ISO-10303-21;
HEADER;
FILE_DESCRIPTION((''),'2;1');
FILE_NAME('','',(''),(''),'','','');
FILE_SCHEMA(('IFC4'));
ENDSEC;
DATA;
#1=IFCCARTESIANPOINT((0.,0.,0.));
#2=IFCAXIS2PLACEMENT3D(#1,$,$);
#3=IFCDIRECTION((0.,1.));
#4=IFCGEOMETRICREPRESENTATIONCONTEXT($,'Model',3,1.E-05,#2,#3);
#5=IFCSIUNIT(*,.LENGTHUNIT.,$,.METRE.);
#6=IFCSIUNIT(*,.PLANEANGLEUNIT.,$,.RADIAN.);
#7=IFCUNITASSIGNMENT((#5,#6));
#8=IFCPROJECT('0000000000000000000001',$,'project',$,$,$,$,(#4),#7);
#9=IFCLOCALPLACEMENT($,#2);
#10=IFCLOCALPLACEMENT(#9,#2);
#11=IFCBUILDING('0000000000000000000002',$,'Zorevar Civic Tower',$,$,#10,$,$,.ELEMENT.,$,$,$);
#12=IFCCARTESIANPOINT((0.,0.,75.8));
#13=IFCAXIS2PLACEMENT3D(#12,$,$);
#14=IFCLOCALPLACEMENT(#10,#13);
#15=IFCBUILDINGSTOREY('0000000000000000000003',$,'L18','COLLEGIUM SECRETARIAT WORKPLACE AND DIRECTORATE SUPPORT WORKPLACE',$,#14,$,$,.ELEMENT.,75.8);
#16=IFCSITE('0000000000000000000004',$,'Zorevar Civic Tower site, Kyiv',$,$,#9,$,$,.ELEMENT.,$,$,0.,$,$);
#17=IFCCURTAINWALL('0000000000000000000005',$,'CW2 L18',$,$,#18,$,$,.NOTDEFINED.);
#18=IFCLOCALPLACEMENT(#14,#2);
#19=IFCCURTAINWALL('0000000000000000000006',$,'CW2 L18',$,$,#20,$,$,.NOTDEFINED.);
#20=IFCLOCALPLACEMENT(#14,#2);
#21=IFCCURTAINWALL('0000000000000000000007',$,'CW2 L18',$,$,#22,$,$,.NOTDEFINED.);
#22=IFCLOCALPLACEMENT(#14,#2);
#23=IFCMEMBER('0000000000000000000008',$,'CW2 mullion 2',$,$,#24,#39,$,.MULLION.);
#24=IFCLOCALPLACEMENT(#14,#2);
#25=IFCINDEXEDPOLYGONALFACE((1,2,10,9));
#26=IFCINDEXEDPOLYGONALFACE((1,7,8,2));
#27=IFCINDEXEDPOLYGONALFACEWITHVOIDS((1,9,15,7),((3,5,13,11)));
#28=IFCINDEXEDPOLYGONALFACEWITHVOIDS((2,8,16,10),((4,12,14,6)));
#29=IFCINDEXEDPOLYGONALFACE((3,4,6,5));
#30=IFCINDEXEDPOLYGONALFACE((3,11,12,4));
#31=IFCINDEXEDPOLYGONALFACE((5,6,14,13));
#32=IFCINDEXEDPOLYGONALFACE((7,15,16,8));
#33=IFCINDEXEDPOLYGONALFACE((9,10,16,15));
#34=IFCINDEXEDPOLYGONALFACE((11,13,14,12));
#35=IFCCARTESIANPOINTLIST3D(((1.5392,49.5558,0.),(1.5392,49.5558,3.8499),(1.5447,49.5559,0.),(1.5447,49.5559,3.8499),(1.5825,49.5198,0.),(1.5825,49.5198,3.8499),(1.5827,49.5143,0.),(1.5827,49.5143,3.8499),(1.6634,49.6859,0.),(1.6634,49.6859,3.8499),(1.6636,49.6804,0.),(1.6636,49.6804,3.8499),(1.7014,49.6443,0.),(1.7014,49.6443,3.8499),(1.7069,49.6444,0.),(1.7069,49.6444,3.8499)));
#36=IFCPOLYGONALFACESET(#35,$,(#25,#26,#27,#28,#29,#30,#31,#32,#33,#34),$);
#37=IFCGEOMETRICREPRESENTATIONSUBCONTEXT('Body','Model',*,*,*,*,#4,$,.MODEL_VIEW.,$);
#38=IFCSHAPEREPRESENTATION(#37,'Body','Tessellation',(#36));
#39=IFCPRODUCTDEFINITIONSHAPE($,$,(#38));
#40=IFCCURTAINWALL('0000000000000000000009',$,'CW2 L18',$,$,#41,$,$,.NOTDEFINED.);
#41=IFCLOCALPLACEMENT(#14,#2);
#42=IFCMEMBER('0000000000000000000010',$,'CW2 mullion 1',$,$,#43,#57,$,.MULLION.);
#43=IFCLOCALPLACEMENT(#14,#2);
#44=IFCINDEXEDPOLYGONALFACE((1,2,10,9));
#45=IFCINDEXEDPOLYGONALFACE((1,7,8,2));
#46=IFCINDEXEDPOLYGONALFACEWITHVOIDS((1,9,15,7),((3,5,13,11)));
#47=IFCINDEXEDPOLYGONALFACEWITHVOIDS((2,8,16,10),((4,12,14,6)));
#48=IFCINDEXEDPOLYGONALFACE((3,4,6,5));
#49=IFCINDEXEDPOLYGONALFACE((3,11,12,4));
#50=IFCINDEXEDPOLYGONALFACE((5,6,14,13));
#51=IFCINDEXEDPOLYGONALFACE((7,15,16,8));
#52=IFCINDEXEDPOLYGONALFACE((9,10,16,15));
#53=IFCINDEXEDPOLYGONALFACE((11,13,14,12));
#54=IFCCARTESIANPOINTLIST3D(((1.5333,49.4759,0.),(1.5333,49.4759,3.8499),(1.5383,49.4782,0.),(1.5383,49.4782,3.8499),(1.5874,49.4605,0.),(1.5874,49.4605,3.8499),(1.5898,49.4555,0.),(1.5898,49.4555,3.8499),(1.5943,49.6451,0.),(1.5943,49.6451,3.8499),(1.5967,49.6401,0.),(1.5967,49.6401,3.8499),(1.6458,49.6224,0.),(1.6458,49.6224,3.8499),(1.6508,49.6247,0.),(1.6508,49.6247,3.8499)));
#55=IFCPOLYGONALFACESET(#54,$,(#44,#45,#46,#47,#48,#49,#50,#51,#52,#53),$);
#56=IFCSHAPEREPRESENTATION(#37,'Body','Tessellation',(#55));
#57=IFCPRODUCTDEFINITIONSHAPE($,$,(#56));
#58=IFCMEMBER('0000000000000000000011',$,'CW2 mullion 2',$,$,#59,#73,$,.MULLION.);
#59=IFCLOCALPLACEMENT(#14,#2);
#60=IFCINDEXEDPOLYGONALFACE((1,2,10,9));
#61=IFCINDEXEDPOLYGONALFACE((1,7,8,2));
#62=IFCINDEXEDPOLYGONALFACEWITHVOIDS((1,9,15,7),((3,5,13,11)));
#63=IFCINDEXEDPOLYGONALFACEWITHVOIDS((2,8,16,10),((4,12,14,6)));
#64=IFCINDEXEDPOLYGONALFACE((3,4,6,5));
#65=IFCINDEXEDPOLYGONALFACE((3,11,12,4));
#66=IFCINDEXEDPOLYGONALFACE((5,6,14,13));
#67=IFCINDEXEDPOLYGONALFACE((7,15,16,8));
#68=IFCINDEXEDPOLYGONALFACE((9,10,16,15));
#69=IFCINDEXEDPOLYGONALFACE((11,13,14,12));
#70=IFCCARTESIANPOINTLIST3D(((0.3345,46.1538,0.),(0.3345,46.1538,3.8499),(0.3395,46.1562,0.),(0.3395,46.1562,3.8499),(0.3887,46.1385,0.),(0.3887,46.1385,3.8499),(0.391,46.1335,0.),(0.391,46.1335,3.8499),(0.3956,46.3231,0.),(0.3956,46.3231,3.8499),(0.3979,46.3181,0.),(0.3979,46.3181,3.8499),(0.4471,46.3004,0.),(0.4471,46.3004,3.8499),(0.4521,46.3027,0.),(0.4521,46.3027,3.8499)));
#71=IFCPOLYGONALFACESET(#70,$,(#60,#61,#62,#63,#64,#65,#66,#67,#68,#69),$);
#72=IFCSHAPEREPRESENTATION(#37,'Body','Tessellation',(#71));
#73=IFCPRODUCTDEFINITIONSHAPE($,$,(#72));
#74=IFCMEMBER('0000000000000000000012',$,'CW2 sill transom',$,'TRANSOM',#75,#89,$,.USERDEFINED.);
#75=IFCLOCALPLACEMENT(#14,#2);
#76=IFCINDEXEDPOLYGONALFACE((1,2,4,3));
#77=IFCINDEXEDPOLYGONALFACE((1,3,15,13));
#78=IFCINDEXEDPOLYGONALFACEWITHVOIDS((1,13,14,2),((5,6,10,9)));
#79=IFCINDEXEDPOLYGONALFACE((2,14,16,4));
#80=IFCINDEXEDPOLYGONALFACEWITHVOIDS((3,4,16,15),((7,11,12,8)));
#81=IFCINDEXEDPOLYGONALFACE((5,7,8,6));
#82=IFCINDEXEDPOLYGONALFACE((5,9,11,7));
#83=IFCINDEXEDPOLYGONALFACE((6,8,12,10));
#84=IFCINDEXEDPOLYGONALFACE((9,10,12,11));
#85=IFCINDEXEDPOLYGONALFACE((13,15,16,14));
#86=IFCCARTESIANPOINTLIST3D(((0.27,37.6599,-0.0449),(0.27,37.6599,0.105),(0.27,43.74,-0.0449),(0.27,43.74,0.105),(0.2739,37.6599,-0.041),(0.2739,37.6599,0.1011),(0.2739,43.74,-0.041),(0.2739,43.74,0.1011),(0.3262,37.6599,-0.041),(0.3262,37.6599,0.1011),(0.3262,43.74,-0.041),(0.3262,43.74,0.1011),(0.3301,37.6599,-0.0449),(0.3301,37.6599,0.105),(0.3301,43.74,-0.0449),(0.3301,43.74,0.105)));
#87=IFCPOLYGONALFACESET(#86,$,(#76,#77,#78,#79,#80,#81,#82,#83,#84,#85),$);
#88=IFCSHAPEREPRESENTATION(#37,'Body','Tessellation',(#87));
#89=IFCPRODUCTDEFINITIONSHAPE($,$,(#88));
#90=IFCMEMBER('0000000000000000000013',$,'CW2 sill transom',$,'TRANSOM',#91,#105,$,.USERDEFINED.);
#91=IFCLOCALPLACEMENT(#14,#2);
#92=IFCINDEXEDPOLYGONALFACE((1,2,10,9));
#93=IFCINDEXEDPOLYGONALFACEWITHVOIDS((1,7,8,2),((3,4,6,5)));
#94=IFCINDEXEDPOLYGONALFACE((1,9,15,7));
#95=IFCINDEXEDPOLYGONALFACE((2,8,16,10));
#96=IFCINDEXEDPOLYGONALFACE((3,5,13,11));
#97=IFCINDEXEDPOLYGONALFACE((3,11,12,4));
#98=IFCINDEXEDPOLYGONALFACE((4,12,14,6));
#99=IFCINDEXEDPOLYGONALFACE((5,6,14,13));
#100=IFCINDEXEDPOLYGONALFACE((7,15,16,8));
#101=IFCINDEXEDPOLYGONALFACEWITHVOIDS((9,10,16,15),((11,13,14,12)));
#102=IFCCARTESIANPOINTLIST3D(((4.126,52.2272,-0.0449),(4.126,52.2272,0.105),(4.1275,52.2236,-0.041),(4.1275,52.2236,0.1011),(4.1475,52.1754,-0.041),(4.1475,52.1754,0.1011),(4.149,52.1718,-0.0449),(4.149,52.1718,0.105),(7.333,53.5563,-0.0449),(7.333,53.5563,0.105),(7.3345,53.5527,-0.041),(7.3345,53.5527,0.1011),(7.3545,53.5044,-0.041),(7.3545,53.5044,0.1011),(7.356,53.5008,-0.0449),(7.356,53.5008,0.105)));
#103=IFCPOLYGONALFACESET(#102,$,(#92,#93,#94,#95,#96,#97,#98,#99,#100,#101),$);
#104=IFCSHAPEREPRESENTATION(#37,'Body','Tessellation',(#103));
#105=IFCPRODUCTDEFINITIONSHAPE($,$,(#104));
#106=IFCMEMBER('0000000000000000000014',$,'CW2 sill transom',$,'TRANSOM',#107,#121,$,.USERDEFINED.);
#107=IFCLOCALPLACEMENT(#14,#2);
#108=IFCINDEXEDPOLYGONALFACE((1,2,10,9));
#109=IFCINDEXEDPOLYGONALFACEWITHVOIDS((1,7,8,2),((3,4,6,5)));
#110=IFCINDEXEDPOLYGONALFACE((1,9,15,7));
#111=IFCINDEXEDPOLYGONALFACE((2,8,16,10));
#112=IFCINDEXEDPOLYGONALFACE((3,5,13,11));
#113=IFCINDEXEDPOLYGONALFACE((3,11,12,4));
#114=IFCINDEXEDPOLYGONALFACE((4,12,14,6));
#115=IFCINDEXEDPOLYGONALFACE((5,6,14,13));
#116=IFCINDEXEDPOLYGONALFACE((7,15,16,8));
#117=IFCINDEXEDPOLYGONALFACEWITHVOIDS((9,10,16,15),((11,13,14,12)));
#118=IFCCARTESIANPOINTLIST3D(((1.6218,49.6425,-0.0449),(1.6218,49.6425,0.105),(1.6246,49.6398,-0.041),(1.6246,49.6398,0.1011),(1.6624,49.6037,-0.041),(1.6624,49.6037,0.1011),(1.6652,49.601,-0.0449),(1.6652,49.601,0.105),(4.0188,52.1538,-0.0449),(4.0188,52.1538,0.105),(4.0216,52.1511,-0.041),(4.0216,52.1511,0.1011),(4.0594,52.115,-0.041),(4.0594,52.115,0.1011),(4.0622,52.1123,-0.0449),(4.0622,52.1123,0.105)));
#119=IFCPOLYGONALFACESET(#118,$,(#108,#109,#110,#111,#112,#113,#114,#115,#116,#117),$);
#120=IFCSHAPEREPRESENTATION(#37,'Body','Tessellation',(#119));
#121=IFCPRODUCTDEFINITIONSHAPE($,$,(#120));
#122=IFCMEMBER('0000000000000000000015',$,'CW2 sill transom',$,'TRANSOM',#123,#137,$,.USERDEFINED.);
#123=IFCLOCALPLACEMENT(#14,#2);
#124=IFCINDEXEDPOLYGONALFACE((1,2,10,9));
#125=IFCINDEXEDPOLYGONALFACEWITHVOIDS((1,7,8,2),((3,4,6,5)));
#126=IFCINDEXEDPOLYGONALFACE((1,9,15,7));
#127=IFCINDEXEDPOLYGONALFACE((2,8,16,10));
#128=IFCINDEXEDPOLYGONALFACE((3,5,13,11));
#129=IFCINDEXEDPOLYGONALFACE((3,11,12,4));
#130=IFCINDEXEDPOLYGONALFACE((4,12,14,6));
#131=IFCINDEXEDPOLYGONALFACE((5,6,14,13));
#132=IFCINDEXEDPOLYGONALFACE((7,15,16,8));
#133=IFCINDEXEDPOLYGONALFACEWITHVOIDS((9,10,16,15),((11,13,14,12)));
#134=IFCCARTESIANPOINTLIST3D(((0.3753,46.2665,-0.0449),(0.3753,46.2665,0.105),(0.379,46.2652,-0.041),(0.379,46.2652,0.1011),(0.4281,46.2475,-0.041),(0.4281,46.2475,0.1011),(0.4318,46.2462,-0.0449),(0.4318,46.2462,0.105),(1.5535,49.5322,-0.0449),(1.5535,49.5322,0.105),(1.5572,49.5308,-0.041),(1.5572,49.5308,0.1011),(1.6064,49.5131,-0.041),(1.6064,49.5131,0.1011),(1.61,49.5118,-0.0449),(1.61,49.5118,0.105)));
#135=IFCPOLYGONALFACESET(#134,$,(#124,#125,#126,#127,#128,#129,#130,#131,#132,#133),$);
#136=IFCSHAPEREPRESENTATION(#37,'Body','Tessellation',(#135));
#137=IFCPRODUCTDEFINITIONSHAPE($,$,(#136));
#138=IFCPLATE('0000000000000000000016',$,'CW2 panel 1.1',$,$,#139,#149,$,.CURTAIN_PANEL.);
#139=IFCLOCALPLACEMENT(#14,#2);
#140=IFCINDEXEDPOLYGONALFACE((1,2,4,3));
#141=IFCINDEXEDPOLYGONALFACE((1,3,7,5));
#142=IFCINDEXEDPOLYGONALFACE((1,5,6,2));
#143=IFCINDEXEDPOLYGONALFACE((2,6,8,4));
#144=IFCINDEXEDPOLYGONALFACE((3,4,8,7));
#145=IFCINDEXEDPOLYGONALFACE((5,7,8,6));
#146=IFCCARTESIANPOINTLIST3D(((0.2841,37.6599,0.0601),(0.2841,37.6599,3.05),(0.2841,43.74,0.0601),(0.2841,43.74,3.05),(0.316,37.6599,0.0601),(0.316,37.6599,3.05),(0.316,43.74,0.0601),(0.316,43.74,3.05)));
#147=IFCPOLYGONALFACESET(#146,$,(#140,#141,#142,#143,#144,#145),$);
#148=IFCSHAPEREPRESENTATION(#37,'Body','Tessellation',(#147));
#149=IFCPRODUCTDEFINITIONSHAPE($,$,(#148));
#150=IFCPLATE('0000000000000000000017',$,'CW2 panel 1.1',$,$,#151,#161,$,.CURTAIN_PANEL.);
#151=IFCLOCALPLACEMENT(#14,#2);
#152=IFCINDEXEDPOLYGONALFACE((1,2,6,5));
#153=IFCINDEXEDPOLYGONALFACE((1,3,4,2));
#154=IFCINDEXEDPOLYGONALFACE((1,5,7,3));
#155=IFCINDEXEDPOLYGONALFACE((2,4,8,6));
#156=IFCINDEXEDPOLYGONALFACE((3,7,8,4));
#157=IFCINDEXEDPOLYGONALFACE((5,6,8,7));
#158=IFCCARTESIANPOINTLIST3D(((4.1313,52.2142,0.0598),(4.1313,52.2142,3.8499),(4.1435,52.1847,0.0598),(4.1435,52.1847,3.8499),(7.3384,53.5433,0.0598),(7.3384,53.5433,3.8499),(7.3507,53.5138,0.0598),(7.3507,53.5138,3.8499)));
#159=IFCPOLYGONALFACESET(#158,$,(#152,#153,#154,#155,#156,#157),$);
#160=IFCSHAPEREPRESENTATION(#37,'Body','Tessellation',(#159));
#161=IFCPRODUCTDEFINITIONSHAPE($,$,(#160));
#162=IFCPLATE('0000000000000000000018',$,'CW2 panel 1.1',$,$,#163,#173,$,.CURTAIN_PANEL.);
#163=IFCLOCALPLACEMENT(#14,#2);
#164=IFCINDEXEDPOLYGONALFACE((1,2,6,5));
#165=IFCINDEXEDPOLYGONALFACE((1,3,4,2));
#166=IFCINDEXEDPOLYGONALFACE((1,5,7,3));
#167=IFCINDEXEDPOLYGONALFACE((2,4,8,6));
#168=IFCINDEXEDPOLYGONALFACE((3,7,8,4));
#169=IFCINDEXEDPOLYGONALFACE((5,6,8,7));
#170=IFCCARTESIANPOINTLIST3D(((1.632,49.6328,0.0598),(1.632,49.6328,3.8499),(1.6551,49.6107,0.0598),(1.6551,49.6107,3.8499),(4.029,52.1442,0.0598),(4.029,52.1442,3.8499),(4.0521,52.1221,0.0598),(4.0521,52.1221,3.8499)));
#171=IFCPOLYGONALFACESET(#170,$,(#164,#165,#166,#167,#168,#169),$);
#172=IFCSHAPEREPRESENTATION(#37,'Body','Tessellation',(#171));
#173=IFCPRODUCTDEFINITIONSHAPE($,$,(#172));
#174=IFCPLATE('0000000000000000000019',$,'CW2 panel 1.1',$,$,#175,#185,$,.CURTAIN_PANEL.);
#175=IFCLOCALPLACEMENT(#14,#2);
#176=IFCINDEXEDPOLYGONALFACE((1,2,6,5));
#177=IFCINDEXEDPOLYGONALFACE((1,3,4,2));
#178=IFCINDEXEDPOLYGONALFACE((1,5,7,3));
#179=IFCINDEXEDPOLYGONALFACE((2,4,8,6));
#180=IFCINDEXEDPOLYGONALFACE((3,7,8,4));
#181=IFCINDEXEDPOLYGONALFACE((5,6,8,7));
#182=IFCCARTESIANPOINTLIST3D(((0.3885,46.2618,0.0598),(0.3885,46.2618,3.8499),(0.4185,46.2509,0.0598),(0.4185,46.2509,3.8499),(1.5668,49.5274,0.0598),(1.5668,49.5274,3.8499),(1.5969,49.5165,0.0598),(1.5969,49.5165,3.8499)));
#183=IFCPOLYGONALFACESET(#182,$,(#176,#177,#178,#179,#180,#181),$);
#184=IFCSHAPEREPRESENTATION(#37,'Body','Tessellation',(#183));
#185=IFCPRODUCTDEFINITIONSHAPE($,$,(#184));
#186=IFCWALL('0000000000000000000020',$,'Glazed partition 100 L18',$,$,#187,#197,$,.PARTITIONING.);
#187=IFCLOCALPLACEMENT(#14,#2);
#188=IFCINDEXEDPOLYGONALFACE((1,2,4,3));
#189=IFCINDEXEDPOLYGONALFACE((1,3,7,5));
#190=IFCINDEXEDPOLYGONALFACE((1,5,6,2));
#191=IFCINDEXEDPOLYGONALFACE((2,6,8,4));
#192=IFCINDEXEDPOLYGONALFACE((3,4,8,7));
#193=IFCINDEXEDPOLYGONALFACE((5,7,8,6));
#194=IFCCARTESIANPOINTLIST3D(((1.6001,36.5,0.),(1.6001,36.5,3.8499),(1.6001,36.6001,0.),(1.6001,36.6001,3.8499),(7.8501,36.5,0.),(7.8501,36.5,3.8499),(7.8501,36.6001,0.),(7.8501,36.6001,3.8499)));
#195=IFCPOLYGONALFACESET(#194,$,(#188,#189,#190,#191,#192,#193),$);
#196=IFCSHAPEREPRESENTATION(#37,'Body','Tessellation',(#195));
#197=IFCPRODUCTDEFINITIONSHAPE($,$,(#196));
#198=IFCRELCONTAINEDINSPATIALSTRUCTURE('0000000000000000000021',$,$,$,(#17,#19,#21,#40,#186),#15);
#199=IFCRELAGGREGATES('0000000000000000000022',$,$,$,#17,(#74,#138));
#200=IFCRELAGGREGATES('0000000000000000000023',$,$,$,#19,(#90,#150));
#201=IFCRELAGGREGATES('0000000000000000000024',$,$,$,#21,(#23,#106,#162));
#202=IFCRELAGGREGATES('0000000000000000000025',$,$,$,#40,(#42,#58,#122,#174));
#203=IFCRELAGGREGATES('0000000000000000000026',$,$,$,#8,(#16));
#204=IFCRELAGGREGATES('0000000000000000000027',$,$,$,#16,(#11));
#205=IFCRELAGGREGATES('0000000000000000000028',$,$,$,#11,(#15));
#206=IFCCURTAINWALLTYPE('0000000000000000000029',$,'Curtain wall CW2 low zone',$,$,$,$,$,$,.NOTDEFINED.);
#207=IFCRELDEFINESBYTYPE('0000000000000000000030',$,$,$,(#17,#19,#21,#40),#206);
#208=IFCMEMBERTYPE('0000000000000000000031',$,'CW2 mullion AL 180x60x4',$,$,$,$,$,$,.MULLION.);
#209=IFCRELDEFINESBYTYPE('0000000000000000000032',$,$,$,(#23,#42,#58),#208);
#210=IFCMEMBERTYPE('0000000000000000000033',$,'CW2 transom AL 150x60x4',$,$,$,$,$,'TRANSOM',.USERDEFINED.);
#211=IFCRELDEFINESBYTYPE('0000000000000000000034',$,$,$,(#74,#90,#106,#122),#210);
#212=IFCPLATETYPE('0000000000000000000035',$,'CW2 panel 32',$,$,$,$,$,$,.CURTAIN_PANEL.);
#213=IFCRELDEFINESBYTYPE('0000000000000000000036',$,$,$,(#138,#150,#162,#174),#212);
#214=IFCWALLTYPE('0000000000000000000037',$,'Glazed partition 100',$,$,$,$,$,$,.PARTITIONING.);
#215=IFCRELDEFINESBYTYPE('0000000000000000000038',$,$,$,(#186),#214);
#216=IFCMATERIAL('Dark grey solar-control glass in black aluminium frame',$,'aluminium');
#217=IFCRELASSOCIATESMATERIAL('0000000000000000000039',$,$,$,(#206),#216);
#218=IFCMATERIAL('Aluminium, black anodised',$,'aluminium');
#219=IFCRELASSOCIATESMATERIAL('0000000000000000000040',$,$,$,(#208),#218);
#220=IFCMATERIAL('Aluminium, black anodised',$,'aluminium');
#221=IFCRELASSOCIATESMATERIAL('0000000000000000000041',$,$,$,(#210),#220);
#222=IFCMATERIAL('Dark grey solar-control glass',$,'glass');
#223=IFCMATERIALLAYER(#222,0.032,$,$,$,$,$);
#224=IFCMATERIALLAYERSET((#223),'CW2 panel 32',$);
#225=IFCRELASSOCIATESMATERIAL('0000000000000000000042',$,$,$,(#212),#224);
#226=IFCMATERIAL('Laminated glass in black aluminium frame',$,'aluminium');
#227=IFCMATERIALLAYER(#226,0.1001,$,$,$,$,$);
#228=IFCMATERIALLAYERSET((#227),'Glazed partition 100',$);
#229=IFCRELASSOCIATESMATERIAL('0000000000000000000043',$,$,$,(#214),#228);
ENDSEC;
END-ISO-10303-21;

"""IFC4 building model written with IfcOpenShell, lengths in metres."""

from ifc_helpers import new_model, si_unit, direction, frame, frame_2d, origin, origin_2d, place, context, subcontext, project, spatial, rectangle, hollow_rectangle, extrude, material, layer, layer_set, material_profile, profile_set, type_object, element, aggregate, save


model = new_model("IFC4")

# Units and contexts
model_context = context("Model", 3, precision=1e-05, world=origin(), true_north=direction((0.0, 1.0)))
body_context = subcontext(model_context, "Body", "Model", "MODEL_VIEW")
ifc_project = project(units=[si_unit("LENGTHUNIT", "METRE"), si_unit("PLANEANGLEUNIT", "RADIAN")], contexts=[model_context])

# Site, building, storey
site_placement = place(None, origin())
site = spatial("IfcSite", under=ifc_project, at=site_placement, Name="Zorevar Civic Tower site, Kyiv", CompositionType="ELEMENT", RefElevation=0.0)
building_placement = place(site_placement, origin())
building = spatial("IfcBuilding", under=site, at=building_placement, Name="Zorevar Civic Tower", CompositionType="ELEMENT")
storey_placement = place(building_placement, frame((0.0, 0.0, 75.8)))
storey = spatial("IfcBuildingStorey", under=building, at=storey_placement, Name="L18", Description="COLLEGIUM SECRETARIAT WORKPLACE AND DIRECTORATE SUPPORT WORKPLACE", CompositionType="ELEMENT", Elevation=75.8)

# Curtain walls, members
ifc_material_1 = material(Name="Dark grey solar-control glass in black aluminium frame", Category="aluminium")
curtain_wall_type = type_object("IfcCurtainWallType", Name="Curtain wall CW2 low zone", PredefinedType="NOTDEFINED", material=ifc_material_1)
curtain_wall_1_placement = place(storey_placement, origin())
curtain_wall_1 = element("IfcCurtainWall", 1, at=curtain_wall_1_placement, inside=storey, type_object=curtain_wall_type, Name="CW2 L18", PredefinedType="NOTDEFINED")
ifc_material_2 = material(Name="Aluminium, black anodised", Category="aluminium")
ifc_material_profile_1 = material_profile(ifc_material_2, hollow_rectangle(XDim=0.0601, YDim=0.1799, WallThickness=0.0039, at=origin_2d()), Name="AL 180x60x4")
ifc_profile_set_1 = profile_set([ifc_material_profile_1], Name="Aluminium, black anodised")
member_type_1 = type_object("IfcMemberType", Name="CW2 mullion AL 180x60x4", PredefinedType="MULLION", material=ifc_profile_set_1)
curtain_wall_2_placement = place(storey_placement, origin())
curtain_wall_2 = element("IfcCurtainWall", 2, at=curtain_wall_2_placement, inside=storey, type_object=curtain_wall_type, Name="CW2 L18", PredefinedType="NOTDEFINED")
curtain_wall_3_placement = place(storey_placement, origin())
curtain_wall_3 = element("IfcCurtainWall", 3, at=curtain_wall_3_placement, inside=storey, type_object=curtain_wall_type, Name="CW2 L18", PredefinedType="NOTDEFINED")
member_1_placement = place(storey_placement, frame((1.623, 49.6001, 0.0), z_axis=(0.0, 0.0, 1.0), x_axis=(0.723393, -0.690437, 0.0)))
member_1 = element("IfcMember", 4, at=member_1_placement, type_object=member_type_1, Name="CW2 mullion 2", PredefinedType="MULLION", context=body_context, shape_type="SweptSolid", body=[
    extrude(hollow_rectangle(XDim=0.0601, YDim=0.1799, WallThickness=0.0039, at=origin_2d()), origin(), (0.0, 0.0, 1.0), 3.8499),
])
curtain_wall_4_placement = place(storey_placement, origin())
curtain_wall_4 = element("IfcCurtainWall", 5, at=curtain_wall_4_placement, inside=storey, type_object=curtain_wall_type, Name="CW2 L18", PredefinedType="NOTDEFINED")
member_2_placement = place(storey_placement, frame((1.592, 49.5503, 0.0), z_axis=(0.0, 0.0, 1.0), x_axis=(0.940637, -0.339415, 0.0)))
member_2 = element("IfcMember", 6, at=member_2_placement, type_object=member_type_1, Name="CW2 mullion 1", PredefinedType="MULLION", context=body_context, shape_type="SweptSolid", body=[
    extrude(hollow_rectangle(XDim=0.0601, YDim=0.1799, WallThickness=0.0039, at=origin_2d()), origin(), (0.0, 0.0, 1.0), 3.8499),
])
member_3_placement = place(storey_placement, frame((0.3933, 46.2283, 0.0), z_axis=(0.0, 0.0, 1.0), x_axis=(0.940637, -0.339415, 0.0)))
member_3 = element("IfcMember", 7, at=member_3_placement, type_object=member_type_1, Name="CW2 mullion 2", PredefinedType="MULLION", context=body_context, shape_type="SweptSolid", body=[
    extrude(hollow_rectangle(XDim=0.0601, YDim=0.1799, WallThickness=0.0039, at=origin_2d()), origin(), (0.0, 0.0, 1.0), 3.8499),
])

# Members
ifc_material_3 = material(Name="Aluminium, black anodised", Category="aluminium")
ifc_material_profile_2 = material_profile(ifc_material_3, hollow_rectangle(XDim=0.0601, YDim=0.1499, WallThickness=0.0039, at=origin_2d()), Name="AL 150x60x4")
ifc_profile_set_2 = profile_set([ifc_material_profile_2], Name="Aluminium, black anodised")
member_type_2 = type_object("IfcMemberType", Name="CW2 transom AL 150x60x4", ElementType="TRANSOM", PredefinedType="USERDEFINED", material=ifc_profile_set_2)
member_4_placement = place(storey_placement, frame((0.3, 37.6599, 0.03), z_axis=(0.0, 1.0, 0.0), x_axis=(-1.0, 0.0, 0.0)))
member_4 = element("IfcMember", 8, at=member_4_placement, type_object=member_type_2, Name="CW2 sill transom", ObjectType="TRANSOM", PredefinedType="USERDEFINED", context=body_context, shape_type="SweptSolid", body=[
    extrude(hollow_rectangle(XDim=0.0601, YDim=0.1499, WallThickness=0.0039, at=origin_2d()), origin(), (0.0, 0.0, 1.0), 6.0801),
])
member_5_placement = place(storey_placement, frame((7.3445, 53.5286, 0.03), z_axis=(-0.923808, -0.382857, 0.0), x_axis=(0.382857, -0.923808, 0.0)))
member_5 = element("IfcMember", 9, at=member_5_placement, type_object=member_type_2, Name="CW2 sill transom", ObjectType="TRANSOM", PredefinedType="USERDEFINED", context=body_context, shape_type="SweptSolid", body=[
    extrude(hollow_rectangle(XDim=0.0601, YDim=0.1499, WallThickness=0.0039, at=origin_2d()), origin(), (0.0, 0.0, 1.0), 3.4714),
])
member_6_placement = place(storey_placement, frame((4.0405, 52.1331, 0.03), z_axis=(-0.690459, -0.723372, 0.0), x_axis=(0.723372, -0.690459, 0.0)))
member_6 = element("IfcMember", 10, at=member_6_placement, type_object=member_type_2, Name="CW2 sill transom", ObjectType="TRANSOM", PredefinedType="USERDEFINED", context=body_context, shape_type="SweptSolid", body=[
    extrude(hollow_rectangle(XDim=0.0601, YDim=0.1499, WallThickness=0.0039, at=origin_2d()), origin(), (0.0, 0.0, 1.0), 3.4717),
])
member_7_placement = place(storey_placement, frame((1.5818, 49.522, 0.03), z_axis=(-0.339382, -0.940649, 0.0), x_axis=(0.940649, -0.339382, 0.0)))
member_7 = element("IfcMember", 11, at=member_7_placement, type_object=member_type_2, Name="CW2 sill transom", ObjectType="TRANSOM", PredefinedType="USERDEFINED", context=body_context, shape_type="SweptSolid", body=[
    extrude(hollow_rectangle(XDim=0.0601, YDim=0.1499, WallThickness=0.0039, at=origin_2d()), origin(), (0.0, 0.0, 1.0), 3.4717),
])

# Plates
ifc_material_4 = material(Name="Dark grey solar-control glass", Category="glass")
ifc_layer_1 = layer(ifc_material_4, 0.032)
ifc_layer_set_1 = layer_set([ifc_layer_1], Name="CW2 panel 32")
plate_type = type_object("IfcPlateType", Name="CW2 panel 32", PredefinedType="CURTAIN_PANEL", material=ifc_layer_set_1)
plate_1_placement = place(storey_placement, frame((0.3, 40.7, 0.0601), z_axis=(0.0, 0.0, 1.0), x_axis=(0.0, 1.0, 0.0)))
plate_1 = element("IfcPlate", 12, at=plate_1_placement, type_object=plate_type, Name="CW2 panel 1.1", PredefinedType="CURTAIN_PANEL", context=body_context, shape_type="SweptSolid", body=[
    extrude(rectangle(XDim=6.0801, YDim=0.032, at=origin_2d()), origin(), (0.0, 0.0, 1.0), 2.99),
])
aggregate(curtain_wall_1, [member_4, plate_1])
plate_2_placement = place(storey_placement, frame((5.741, 52.864, 0.0598), z_axis=(0.0, 0.0, 1.0), x_axis=(-0.923814, -0.382841, 0.0)))
plate_2 = element("IfcPlate", 13, at=plate_2_placement, type_object=plate_type, Name="CW2 panel 1.1", PredefinedType="CURTAIN_PANEL", context=body_context, shape_type="SweptSolid", body=[
    extrude(rectangle(XDim=3.4717, YDim=0.032, at=origin_2d()), origin(), (0.0, 0.0, 1.0), 3.79),
])
aggregate(curtain_wall_2, [member_5, plate_2])
plate_3_placement = place(storey_placement, frame((2.842, 50.8774, 0.0598), z_axis=(0.0, 0.0, 1.0), x_axis=(-0.690437, -0.723393, 0.0)))
plate_3 = element("IfcPlate", 14, at=plate_3_placement, type_object=plate_type, Name="CW2 panel 1.1", PredefinedType="CURTAIN_PANEL", context=body_context, shape_type="SweptSolid", body=[
    extrude(rectangle(XDim=3.4717, YDim=0.032, at=origin_2d()), origin(), (0.0, 0.0, 1.0), 3.79),
])
aggregate(curtain_wall_3, [member_1, member_6, plate_3])
plate_4_placement = place(storey_placement, frame((0.9927, 47.8892, 0.0598), z_axis=(0.0, 0.0, 1.0), x_axis=(-0.339415, -0.940637, 0.0)))
plate_4 = element("IfcPlate", 15, at=plate_4_placement, type_object=plate_type, Name="CW2 panel 1.1", PredefinedType="CURTAIN_PANEL", context=body_context, shape_type="SweptSolid", body=[
    extrude(rectangle(XDim=3.4717, YDim=0.032, at=origin_2d()), origin(), (0.0, 0.0, 1.0), 3.79),
])
aggregate(curtain_wall_4, [member_2, member_3, member_7, plate_4])

# Wall
ifc_material_5 = material(Name="Laminated glass in black aluminium frame", Category="aluminium")
ifc_layer_2 = layer(ifc_material_5, 0.1001)
ifc_layer_set_2 = layer_set([ifc_layer_2], Name="Glazed partition 100")
wall_type_1 = type_object("IfcWallType", Name="Glazed partition 100", PredefinedType="PARTITIONING", material=ifc_layer_set_2)
wall_1_placement = place(storey_placement, frame((1.6001, 36.55, 0.0), z_axis=(0.0, 0.0, 1.0), x_axis=(1.0, 0.0, 0.0)))
element("IfcWall", 16, at=wall_1_placement, inside=storey, type_object=wall_type_1, Name="Glazed partition 100 L18", PredefinedType="PARTITIONING", context=body_context, shape_type="SweptSolid", body=[
    extrude(rectangle(XDim=6.25, YDim=0.1001, at=frame_2d((3.125, 0.0))), origin(), (0.0, 0.0, 1.0), 3.8499),
])

save(model, "model.ifc")
